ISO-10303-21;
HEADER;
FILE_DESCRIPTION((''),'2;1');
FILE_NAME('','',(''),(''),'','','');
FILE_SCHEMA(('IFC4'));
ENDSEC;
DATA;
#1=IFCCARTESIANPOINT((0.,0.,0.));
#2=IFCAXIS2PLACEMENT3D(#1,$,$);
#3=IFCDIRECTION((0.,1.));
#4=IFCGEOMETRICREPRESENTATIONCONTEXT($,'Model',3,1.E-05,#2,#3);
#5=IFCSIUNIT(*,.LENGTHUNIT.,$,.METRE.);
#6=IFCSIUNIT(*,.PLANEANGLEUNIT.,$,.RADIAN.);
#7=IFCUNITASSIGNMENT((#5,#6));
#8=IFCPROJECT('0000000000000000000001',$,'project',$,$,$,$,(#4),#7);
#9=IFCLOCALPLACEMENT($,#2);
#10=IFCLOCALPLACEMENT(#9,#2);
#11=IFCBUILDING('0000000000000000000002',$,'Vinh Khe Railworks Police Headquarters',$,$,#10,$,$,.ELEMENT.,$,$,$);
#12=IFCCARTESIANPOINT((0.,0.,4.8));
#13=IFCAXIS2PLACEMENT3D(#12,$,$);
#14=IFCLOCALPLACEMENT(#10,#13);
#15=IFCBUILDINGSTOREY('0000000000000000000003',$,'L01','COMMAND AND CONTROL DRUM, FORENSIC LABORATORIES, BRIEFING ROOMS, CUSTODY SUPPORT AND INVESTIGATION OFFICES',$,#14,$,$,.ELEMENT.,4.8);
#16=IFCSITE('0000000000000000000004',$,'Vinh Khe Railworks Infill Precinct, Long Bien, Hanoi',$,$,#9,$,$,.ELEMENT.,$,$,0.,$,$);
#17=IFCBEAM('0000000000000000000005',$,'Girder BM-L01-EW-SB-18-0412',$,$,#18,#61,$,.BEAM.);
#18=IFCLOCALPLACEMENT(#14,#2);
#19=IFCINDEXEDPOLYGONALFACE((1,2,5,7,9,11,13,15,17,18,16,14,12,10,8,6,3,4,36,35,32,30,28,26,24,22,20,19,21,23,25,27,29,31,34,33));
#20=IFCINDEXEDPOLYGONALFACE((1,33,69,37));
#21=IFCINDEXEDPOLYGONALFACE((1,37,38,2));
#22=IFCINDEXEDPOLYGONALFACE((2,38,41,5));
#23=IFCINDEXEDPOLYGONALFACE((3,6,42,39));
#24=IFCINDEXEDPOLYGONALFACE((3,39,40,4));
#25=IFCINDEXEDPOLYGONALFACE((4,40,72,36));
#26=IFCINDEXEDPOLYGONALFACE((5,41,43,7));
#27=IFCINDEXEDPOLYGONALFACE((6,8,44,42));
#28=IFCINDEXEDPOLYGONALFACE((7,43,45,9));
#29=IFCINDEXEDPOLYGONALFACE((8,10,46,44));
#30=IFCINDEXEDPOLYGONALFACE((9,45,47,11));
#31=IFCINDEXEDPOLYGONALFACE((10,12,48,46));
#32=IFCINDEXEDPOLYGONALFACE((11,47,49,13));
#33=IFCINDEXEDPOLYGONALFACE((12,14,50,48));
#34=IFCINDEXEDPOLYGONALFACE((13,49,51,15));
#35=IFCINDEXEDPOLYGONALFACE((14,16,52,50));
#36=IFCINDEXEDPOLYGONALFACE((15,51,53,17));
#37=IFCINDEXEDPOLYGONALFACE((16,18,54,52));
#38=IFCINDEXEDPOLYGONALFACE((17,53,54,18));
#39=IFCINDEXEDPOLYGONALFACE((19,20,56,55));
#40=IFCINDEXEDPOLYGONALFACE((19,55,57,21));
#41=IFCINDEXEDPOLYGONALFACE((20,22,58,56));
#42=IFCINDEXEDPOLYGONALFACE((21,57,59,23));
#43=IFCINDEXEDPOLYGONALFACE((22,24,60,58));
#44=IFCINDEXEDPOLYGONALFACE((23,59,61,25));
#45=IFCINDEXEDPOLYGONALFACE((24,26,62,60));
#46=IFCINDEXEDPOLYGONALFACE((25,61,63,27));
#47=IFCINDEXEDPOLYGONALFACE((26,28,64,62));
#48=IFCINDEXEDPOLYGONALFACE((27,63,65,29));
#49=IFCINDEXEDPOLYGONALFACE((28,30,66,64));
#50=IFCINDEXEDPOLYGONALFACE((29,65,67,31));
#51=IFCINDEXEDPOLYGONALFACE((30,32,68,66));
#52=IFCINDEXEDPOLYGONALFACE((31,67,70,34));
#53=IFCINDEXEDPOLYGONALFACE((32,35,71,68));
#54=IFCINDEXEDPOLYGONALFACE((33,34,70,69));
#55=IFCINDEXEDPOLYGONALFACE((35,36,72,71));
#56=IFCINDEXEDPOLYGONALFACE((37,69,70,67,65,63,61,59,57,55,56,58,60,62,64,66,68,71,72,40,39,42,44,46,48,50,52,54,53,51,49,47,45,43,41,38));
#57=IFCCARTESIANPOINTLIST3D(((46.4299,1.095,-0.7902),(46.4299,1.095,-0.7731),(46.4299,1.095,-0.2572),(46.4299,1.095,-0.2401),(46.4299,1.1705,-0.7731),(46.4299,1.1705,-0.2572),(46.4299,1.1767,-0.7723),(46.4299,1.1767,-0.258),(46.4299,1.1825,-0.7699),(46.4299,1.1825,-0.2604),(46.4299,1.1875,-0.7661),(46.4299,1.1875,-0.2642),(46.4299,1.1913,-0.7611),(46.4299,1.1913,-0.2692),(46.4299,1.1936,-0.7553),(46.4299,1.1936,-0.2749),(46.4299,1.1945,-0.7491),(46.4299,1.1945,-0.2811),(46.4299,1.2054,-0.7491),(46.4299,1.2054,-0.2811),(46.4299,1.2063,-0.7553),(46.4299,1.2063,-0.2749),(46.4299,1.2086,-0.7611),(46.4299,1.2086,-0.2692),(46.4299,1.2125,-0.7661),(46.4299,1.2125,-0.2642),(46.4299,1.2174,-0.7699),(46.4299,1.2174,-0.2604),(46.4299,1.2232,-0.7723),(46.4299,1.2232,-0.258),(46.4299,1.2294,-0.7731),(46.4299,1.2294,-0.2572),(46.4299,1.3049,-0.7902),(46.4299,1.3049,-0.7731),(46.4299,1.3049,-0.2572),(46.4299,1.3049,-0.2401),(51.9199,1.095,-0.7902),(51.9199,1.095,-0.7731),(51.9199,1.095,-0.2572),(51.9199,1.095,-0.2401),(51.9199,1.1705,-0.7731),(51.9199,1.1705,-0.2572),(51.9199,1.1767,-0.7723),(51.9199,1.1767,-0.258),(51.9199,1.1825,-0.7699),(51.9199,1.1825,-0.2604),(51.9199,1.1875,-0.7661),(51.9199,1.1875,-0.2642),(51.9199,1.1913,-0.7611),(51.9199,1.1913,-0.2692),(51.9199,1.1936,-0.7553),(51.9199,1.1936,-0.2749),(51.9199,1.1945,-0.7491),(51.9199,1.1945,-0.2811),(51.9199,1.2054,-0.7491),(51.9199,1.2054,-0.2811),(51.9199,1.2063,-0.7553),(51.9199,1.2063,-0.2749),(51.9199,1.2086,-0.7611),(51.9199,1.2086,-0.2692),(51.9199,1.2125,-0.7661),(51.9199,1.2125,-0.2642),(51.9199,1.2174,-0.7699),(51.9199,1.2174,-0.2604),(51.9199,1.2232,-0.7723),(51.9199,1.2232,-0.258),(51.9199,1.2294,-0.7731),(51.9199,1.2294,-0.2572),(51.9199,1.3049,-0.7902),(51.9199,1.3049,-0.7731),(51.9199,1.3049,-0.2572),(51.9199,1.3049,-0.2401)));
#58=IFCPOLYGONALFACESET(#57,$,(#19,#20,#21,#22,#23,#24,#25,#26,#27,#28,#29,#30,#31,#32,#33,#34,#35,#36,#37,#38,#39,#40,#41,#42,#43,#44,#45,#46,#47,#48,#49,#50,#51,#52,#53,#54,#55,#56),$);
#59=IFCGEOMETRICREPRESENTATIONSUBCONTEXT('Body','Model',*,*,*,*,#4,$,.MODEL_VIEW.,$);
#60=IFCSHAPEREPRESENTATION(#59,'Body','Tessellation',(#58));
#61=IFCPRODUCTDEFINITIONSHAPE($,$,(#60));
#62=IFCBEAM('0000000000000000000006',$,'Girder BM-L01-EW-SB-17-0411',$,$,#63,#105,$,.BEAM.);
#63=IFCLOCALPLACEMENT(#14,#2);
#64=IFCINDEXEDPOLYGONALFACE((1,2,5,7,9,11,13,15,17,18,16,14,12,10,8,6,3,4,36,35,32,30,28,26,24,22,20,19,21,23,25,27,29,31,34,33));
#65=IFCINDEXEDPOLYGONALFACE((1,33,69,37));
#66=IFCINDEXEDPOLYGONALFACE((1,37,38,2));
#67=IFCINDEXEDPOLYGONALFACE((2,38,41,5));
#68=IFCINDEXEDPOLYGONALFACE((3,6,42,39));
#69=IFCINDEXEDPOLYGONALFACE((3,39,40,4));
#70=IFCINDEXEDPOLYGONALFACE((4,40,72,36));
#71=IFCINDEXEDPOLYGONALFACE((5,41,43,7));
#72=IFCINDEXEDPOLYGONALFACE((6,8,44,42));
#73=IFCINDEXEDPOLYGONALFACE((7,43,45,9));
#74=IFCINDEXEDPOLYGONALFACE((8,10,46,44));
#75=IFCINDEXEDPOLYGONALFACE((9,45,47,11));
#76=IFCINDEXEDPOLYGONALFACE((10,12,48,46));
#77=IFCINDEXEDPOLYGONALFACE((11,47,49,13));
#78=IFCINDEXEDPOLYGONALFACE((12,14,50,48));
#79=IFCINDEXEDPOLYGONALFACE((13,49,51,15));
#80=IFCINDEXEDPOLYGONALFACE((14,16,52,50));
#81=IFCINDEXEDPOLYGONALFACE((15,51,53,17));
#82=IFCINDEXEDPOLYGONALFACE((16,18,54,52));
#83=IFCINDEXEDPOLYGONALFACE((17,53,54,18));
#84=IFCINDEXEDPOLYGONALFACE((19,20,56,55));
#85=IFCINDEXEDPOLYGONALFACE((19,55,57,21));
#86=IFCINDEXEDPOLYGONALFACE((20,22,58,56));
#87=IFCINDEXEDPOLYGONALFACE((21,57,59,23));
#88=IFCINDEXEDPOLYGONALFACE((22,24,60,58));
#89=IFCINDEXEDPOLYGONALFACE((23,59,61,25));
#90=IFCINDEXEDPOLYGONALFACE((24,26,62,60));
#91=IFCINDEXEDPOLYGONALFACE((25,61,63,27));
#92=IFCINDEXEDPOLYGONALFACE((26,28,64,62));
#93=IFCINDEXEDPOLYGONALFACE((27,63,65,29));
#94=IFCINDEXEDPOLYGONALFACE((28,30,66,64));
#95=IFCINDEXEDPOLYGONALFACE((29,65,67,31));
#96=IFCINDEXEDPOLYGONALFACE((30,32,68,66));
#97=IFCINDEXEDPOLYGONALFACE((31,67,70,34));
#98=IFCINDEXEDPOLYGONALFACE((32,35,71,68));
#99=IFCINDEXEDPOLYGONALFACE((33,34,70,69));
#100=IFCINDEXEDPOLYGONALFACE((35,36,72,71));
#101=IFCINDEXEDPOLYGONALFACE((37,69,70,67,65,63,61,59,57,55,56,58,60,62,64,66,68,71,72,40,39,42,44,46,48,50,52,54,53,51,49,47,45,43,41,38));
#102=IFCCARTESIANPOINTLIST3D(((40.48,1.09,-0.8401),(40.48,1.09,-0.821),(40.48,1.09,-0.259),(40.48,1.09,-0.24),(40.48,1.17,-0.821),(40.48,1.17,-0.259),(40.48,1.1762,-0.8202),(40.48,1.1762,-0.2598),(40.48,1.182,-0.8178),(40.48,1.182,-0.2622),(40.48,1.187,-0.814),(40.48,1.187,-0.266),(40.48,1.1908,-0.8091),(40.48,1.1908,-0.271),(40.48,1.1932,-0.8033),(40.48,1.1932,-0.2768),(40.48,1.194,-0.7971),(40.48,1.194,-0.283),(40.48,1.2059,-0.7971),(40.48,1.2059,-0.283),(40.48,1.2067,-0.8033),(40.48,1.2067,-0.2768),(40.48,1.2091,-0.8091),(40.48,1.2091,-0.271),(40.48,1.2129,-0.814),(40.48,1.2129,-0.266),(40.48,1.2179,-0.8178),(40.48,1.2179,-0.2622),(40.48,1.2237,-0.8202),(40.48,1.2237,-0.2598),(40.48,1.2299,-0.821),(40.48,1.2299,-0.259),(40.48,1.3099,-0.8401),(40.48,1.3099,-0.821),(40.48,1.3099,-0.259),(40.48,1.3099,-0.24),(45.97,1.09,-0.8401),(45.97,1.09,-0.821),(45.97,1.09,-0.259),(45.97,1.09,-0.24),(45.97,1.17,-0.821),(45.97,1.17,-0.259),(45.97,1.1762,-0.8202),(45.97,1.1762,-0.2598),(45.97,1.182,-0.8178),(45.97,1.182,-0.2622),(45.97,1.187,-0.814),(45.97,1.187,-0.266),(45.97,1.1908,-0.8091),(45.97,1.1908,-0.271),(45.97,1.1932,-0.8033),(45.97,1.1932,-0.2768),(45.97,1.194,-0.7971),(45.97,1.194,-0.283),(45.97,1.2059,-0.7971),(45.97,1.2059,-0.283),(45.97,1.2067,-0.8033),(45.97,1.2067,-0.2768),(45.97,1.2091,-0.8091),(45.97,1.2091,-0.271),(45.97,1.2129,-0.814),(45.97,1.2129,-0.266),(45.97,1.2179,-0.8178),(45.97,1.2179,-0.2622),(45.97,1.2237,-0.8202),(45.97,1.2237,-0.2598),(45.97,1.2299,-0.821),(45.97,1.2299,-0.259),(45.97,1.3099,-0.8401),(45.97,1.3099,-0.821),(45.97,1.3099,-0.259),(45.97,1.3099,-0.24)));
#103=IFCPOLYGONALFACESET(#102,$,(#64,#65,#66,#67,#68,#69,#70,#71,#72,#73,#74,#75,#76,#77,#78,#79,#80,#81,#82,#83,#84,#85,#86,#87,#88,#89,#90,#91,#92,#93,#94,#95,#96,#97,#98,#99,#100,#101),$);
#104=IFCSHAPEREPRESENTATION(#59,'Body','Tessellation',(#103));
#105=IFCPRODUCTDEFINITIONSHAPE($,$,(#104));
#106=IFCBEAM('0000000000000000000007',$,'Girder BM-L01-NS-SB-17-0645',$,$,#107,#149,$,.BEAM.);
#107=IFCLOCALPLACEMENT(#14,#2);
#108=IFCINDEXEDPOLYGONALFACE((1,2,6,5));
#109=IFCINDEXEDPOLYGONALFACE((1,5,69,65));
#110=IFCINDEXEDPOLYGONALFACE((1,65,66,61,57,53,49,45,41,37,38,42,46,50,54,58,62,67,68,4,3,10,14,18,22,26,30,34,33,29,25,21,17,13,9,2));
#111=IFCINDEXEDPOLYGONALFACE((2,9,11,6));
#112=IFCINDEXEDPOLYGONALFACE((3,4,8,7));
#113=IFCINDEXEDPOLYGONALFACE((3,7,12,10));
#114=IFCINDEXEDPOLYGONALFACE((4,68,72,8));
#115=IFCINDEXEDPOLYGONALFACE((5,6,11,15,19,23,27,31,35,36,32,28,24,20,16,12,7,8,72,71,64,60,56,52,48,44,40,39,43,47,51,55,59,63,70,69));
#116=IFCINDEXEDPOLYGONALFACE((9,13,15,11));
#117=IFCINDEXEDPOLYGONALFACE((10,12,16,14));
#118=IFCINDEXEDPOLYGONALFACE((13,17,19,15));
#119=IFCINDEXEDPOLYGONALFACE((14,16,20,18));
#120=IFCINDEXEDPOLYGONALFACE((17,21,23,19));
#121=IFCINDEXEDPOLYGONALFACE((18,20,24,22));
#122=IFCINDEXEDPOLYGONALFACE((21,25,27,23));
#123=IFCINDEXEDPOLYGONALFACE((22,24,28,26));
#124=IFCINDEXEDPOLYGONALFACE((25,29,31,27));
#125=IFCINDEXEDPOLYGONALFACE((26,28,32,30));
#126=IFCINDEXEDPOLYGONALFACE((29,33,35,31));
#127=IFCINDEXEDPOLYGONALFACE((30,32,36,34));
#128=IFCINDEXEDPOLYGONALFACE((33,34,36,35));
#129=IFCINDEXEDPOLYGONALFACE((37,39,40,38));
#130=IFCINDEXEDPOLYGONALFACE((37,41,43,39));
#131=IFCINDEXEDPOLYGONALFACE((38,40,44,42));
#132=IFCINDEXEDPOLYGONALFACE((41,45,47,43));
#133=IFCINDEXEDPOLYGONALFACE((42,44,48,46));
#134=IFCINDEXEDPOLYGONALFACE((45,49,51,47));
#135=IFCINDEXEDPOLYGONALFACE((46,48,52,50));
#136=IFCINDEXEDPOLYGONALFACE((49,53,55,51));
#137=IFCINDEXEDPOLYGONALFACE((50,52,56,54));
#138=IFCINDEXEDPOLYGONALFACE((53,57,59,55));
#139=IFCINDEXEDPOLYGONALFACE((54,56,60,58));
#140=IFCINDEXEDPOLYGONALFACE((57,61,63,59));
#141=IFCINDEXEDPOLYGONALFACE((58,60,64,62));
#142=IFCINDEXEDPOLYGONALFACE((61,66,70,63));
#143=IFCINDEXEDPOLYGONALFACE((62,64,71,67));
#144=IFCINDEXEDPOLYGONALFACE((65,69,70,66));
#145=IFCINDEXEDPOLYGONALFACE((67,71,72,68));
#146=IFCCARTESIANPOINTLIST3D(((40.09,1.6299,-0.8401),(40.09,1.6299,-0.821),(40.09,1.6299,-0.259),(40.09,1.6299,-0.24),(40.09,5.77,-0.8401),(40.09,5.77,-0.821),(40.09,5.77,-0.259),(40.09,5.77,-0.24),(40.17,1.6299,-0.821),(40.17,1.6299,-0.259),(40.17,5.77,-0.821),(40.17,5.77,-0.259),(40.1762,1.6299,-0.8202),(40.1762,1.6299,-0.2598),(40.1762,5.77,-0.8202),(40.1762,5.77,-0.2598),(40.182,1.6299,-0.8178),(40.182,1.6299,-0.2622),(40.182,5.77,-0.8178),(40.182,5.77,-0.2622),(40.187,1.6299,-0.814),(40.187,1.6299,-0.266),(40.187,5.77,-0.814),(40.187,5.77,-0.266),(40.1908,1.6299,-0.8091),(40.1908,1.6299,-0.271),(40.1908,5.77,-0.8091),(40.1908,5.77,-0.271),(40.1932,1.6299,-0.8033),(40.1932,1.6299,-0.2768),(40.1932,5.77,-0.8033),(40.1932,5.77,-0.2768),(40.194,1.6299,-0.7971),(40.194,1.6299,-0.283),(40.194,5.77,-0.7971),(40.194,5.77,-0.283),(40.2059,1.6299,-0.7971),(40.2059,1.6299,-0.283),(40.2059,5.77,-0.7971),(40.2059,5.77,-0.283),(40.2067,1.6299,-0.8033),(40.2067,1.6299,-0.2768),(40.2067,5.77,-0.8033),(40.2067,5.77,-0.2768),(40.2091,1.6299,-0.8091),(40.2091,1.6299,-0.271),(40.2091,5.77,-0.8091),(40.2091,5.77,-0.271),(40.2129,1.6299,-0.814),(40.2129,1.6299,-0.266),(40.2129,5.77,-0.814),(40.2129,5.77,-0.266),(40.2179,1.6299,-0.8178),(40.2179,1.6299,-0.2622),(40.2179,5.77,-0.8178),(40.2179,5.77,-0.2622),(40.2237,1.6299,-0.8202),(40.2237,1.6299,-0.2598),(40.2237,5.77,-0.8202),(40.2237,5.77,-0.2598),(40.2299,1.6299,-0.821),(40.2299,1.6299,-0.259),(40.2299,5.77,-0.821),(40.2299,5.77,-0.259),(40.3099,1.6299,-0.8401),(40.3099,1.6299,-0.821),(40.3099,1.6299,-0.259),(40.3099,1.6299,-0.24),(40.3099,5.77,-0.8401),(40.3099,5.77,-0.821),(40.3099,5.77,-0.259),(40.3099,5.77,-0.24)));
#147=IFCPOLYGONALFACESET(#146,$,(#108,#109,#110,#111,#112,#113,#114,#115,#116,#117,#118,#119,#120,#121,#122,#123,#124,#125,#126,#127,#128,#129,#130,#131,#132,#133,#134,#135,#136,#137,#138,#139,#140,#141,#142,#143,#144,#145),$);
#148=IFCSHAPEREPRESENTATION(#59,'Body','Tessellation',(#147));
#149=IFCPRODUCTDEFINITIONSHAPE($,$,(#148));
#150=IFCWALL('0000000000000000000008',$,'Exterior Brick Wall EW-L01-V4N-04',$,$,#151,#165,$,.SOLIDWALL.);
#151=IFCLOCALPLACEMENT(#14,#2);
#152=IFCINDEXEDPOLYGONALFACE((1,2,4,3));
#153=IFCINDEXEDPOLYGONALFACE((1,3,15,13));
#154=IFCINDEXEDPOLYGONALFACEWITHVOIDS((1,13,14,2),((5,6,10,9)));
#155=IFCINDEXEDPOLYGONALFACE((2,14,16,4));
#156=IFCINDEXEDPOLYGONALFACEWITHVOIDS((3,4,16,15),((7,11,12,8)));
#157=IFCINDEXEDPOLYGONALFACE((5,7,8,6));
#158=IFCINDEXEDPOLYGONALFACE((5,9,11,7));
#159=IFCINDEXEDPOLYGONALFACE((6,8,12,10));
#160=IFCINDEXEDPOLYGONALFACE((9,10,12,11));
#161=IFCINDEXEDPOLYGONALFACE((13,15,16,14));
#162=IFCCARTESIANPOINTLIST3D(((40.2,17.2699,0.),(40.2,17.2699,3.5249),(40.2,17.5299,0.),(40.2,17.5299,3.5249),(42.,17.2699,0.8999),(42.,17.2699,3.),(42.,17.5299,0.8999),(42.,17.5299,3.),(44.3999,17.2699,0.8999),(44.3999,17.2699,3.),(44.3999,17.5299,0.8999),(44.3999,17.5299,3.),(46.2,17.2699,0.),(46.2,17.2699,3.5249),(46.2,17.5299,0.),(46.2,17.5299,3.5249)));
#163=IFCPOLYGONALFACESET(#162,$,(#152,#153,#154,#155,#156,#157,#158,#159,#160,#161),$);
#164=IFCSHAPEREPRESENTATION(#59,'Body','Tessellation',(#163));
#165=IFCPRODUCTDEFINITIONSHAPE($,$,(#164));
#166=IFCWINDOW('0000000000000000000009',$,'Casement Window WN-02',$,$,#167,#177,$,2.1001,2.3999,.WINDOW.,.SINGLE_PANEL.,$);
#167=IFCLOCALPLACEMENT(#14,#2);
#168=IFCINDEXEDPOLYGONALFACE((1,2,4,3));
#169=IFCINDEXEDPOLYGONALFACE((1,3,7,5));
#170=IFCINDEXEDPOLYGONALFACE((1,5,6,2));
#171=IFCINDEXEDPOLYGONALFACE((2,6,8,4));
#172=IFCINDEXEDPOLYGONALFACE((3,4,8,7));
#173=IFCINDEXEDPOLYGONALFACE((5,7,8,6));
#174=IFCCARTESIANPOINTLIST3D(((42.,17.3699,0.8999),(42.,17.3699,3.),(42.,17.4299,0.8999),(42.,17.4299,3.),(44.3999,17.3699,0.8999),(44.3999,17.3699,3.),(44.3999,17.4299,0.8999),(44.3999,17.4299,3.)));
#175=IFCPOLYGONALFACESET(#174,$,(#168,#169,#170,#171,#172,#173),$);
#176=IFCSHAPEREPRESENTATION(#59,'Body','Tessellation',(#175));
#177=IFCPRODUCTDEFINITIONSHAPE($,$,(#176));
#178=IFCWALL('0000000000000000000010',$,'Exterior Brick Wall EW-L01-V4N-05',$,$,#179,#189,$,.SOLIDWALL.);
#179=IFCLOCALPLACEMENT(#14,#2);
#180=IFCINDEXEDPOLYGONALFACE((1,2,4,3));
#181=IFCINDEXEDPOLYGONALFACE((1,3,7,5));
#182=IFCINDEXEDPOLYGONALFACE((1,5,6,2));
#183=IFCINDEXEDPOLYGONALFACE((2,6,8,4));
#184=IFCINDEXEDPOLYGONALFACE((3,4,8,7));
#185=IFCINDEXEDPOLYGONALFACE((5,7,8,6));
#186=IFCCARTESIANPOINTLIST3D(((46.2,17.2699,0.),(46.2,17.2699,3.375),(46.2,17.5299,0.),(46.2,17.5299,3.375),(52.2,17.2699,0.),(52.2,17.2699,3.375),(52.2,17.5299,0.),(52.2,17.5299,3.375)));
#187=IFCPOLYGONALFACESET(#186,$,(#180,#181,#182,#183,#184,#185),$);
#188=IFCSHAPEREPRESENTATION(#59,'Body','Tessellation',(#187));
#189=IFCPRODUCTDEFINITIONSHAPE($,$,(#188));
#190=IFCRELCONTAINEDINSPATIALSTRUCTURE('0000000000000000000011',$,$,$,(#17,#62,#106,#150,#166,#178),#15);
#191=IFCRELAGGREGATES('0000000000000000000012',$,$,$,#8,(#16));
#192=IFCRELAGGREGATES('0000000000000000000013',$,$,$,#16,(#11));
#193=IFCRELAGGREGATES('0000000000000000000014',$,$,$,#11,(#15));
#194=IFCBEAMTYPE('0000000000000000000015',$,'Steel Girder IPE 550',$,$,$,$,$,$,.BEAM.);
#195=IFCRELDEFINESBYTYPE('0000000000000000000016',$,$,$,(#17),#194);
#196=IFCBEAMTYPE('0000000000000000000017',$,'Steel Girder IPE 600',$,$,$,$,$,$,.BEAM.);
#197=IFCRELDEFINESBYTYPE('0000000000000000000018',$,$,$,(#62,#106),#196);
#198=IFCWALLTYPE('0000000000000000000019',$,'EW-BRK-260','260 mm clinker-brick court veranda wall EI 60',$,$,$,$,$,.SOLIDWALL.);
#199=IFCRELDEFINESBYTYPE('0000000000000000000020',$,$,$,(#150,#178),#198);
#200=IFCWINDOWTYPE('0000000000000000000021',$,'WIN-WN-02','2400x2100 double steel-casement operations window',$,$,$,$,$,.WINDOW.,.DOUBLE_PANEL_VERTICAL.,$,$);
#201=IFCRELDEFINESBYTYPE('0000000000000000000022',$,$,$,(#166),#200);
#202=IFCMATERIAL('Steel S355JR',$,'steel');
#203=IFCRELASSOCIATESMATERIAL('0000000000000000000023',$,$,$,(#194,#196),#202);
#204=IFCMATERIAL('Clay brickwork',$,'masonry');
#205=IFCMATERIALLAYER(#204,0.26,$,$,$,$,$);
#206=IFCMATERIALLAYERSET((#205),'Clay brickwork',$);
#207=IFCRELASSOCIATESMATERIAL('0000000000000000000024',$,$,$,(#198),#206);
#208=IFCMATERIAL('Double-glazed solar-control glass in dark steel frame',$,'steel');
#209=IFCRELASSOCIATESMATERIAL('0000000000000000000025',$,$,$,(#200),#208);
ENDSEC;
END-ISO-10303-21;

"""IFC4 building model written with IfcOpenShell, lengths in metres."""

from ifc_helpers import new_model, si_unit, direction, frame, frame_2d, origin, origin_2d, place, context, subcontext, project, spatial, rectangle, i_section, extrude, material, layer, layer_set, material_profile, profile_set, type_object, element, fill, save


model = new_model("IFC4")

# Units and contexts
model_context = context("Model", 3, precision=1e-05, world=origin(), true_north=direction((0.0, 1.0)))
body_context = subcontext(model_context, "Body", "Model", "MODEL_VIEW")
ifc_project = project(units=[si_unit("LENGTHUNIT", "METRE"), si_unit("PLANEANGLEUNIT", "RADIAN")], contexts=[model_context])

# Site, building, storey
site_placement = place(None, origin())
site = spatial("IfcSite", under=ifc_project, at=site_placement, Name="Vinh Khe Railworks Infill Precinct, Long Bien, Hanoi", CompositionType="ELEMENT", RefElevation=0.0)
building_placement = place(site_placement, origin())
building = spatial("IfcBuilding", under=site, at=building_placement, Name="Vinh Khe Railworks Police Headquarters", CompositionType="ELEMENT")
storey_placement = place(building_placement, frame((0.0, 0.0, 4.8)))
storey = spatial("IfcBuildingStorey", under=building, at=storey_placement, Name="L01", Description="COMMAND AND CONTROL DRUM, FORENSIC LABORATORIES, BRIEFING ROOMS, CUSTODY SUPPORT AND INVESTIGATION OFFICES", CompositionType="ELEMENT", Elevation=4.8)

# Shared definitions
ifc_material_1 = material(Name="Steel S355JR", Category="steel")

# Beams
ifc_material_profile_1 = material_profile(ifc_material_1, i_section(OverallWidth=0.21, OverallDepth=0.55, WebThickness=0.011, FlangeThickness=0.0171, FilletRadius=0.0239, at=origin_2d()), Name="IPE 550")
ifc_profile_set_1 = profile_set([ifc_material_profile_1], Name="Steel S355JR")
beam_type_1 = type_object("IfcBeamType", Name="Steel Girder IPE 550", PredefinedType="BEAM", material=ifc_profile_set_1)
beam_1_placement = place(storey_placement, frame((46.4299, 1.2, -0.5151), z_axis=(1.0, 0.0, 0.0), x_axis=(0.0, 1.0, 0.0)))
element("IfcBeam", 1, at=beam_1_placement, inside=storey, type_object=beam_type_1, Name="Girder BM-L01-EW-SB-18-0412", PredefinedType="BEAM", context=body_context, shape_type="SweptSolid", body=[
    extrude(i_section(OverallWidth=0.21, OverallDepth=0.55, WebThickness=0.011, FlangeThickness=0.0171, FilletRadius=0.0239, at=origin_2d()), origin(), (0.0, 0.0, 1.0), 5.49),
])
ifc_material_profile_2 = material_profile(ifc_material_1, i_section(OverallWidth=0.22, OverallDepth=0.6001, WebThickness=0.012, FlangeThickness=0.019, FilletRadius=0.0239, at=origin_2d()), Name="IPE 600")
ifc_profile_set_2 = profile_set([ifc_material_profile_2], Name="Steel S355JR")
beam_type_2 = type_object("IfcBeamType", Name="Steel Girder IPE 600", PredefinedType="BEAM", material=ifc_profile_set_2)
beam_2_placement = place(storey_placement, frame((40.48, 1.2, -0.54), z_axis=(1.0, 0.0, 0.0), x_axis=(0.0, 1.0, 0.0)))
element("IfcBeam", 2, at=beam_2_placement, inside=storey, type_object=beam_type_2, Name="Girder BM-L01-EW-SB-17-0411", PredefinedType="BEAM", context=body_context, shape_type="SweptSolid", body=[
    extrude(i_section(OverallWidth=0.22, OverallDepth=0.6001, WebThickness=0.012, FlangeThickness=0.019, FilletRadius=0.0239, at=origin_2d()), origin(), (0.0, 0.0, 1.0), 5.49),
])
beam_3_placement = place(storey_placement, frame((40.2, 1.6299, -0.54), z_axis=(0.0, 1.0, 0.0), x_axis=(-1.0, 0.0, 0.0)))
element("IfcBeam", 3, at=beam_3_placement, inside=storey, type_object=beam_type_2, Name="Girder BM-L01-NS-SB-17-0645", PredefinedType="BEAM", context=body_context, shape_type="SweptSolid", body=[
    extrude(i_section(OverallWidth=0.22, OverallDepth=0.6001, WebThickness=0.012, FlangeThickness=0.019, FilletRadius=0.0239, at=origin_2d()), origin(), (0.0, 0.0, 1.0), 4.1401),
])

# Wall, opening, window
ifc_material_2 = material(Name="Clay brickwork", Category="masonry")
ifc_layer_1 = layer(ifc_material_2, 0.26)
ifc_layer_set_1 = layer_set([ifc_layer_1], Name="Clay brickwork")
wall_type_1 = type_object("IfcWallType", Name="EW-BRK-260", Description="260 mm clinker-brick court veranda wall EI 60", PredefinedType="SOLIDWALL", material=ifc_layer_set_1)
wall_1_placement = place(storey_placement, frame((40.2, 17.3999, 0.0), z_axis=(0.0, 0.0, 1.0), x_axis=(1.0, 0.0, 0.0)))
wall_1 = element("IfcWall", 4, at=wall_1_placement, inside=storey, type_object=wall_type_1, Name="Exterior Brick Wall EW-L01-V4N-04", PredefinedType="SOLIDWALL", context=body_context, shape_type="SweptSolid", body=[
    extrude(rectangle(XDim=6.0, YDim=0.26, at=frame_2d((3.0, 0.0))), origin(), (0.0, 0.0, 1.0), 3.5249),
])
opening_1_placement = place(wall_1_placement, frame((1.8, 0.0, 0.8999)))
opening_1 = element("IfcOpeningElement", 5, at=opening_1_placement, cuts=wall_1, PredefinedType="OPENING", context=body_context, shape_type="SweptSolid", body=[
    extrude(rectangle(XDim=2.3999, YDim=2.1001, at=frame_2d((1.2, 1.05))), frame((0.0, 0.145, 0.0), z_axis=(0.0, -1.0, 0.0), x_axis=(1.0, 0.0, 0.0)), (0.0, 0.0, 1.0), 0.2898),
])
ifc_material_3 = material(Name="Double-glazed solar-control glass in dark steel frame", Category="steel")
window_type_1 = type_object("IfcWindowType", Name="WIN-WN-02", Description="2400x2100 double steel-casement operations window", PartitioningType="DOUBLE_PANEL_VERTICAL", PredefinedType="WINDOW", material=ifc_material_3)
window_1_placement = place(opening_1_placement, origin())
window_1 = element("IfcWindow", 6, at=window_1_placement, inside=storey, type_object=window_type_1, Name="Casement Window WN-02", OverallHeight=2.1001, OverallWidth=2.3999, PartitioningType="SINGLE_PANEL", PredefinedType="WINDOW", context=body_context, shape_type="SweptSolid", body=[
    extrude(rectangle(XDim=2.3999, YDim=2.1001, at=frame_2d((1.2, 1.05))), frame((0.0, 0.03, 0.0), z_axis=(0.0, -1.0, 0.0), x_axis=(1.0, 0.0, 0.0)), (0.0, 0.0, 1.0), 0.0601),
])
fill(opening_1, window_1)

# Wall
wall_2_placement = place(storey_placement, frame((46.2, 17.3999, 0.0), z_axis=(0.0, 0.0, 1.0), x_axis=(1.0, 0.0, 0.0)))
element("IfcWall", 7, at=wall_2_placement, inside=storey, type_object=wall_type_1, Name="Exterior Brick Wall EW-L01-V4N-05", PredefinedType="SOLIDWALL", context=body_context, shape_type="SweptSolid", body=[
    extrude(rectangle(XDim=6.0, YDim=0.26, at=frame_2d((3.0, 0.0))), origin(), (0.0, 0.0, 1.0), 3.375),
])

save(model, "model.ifc")
